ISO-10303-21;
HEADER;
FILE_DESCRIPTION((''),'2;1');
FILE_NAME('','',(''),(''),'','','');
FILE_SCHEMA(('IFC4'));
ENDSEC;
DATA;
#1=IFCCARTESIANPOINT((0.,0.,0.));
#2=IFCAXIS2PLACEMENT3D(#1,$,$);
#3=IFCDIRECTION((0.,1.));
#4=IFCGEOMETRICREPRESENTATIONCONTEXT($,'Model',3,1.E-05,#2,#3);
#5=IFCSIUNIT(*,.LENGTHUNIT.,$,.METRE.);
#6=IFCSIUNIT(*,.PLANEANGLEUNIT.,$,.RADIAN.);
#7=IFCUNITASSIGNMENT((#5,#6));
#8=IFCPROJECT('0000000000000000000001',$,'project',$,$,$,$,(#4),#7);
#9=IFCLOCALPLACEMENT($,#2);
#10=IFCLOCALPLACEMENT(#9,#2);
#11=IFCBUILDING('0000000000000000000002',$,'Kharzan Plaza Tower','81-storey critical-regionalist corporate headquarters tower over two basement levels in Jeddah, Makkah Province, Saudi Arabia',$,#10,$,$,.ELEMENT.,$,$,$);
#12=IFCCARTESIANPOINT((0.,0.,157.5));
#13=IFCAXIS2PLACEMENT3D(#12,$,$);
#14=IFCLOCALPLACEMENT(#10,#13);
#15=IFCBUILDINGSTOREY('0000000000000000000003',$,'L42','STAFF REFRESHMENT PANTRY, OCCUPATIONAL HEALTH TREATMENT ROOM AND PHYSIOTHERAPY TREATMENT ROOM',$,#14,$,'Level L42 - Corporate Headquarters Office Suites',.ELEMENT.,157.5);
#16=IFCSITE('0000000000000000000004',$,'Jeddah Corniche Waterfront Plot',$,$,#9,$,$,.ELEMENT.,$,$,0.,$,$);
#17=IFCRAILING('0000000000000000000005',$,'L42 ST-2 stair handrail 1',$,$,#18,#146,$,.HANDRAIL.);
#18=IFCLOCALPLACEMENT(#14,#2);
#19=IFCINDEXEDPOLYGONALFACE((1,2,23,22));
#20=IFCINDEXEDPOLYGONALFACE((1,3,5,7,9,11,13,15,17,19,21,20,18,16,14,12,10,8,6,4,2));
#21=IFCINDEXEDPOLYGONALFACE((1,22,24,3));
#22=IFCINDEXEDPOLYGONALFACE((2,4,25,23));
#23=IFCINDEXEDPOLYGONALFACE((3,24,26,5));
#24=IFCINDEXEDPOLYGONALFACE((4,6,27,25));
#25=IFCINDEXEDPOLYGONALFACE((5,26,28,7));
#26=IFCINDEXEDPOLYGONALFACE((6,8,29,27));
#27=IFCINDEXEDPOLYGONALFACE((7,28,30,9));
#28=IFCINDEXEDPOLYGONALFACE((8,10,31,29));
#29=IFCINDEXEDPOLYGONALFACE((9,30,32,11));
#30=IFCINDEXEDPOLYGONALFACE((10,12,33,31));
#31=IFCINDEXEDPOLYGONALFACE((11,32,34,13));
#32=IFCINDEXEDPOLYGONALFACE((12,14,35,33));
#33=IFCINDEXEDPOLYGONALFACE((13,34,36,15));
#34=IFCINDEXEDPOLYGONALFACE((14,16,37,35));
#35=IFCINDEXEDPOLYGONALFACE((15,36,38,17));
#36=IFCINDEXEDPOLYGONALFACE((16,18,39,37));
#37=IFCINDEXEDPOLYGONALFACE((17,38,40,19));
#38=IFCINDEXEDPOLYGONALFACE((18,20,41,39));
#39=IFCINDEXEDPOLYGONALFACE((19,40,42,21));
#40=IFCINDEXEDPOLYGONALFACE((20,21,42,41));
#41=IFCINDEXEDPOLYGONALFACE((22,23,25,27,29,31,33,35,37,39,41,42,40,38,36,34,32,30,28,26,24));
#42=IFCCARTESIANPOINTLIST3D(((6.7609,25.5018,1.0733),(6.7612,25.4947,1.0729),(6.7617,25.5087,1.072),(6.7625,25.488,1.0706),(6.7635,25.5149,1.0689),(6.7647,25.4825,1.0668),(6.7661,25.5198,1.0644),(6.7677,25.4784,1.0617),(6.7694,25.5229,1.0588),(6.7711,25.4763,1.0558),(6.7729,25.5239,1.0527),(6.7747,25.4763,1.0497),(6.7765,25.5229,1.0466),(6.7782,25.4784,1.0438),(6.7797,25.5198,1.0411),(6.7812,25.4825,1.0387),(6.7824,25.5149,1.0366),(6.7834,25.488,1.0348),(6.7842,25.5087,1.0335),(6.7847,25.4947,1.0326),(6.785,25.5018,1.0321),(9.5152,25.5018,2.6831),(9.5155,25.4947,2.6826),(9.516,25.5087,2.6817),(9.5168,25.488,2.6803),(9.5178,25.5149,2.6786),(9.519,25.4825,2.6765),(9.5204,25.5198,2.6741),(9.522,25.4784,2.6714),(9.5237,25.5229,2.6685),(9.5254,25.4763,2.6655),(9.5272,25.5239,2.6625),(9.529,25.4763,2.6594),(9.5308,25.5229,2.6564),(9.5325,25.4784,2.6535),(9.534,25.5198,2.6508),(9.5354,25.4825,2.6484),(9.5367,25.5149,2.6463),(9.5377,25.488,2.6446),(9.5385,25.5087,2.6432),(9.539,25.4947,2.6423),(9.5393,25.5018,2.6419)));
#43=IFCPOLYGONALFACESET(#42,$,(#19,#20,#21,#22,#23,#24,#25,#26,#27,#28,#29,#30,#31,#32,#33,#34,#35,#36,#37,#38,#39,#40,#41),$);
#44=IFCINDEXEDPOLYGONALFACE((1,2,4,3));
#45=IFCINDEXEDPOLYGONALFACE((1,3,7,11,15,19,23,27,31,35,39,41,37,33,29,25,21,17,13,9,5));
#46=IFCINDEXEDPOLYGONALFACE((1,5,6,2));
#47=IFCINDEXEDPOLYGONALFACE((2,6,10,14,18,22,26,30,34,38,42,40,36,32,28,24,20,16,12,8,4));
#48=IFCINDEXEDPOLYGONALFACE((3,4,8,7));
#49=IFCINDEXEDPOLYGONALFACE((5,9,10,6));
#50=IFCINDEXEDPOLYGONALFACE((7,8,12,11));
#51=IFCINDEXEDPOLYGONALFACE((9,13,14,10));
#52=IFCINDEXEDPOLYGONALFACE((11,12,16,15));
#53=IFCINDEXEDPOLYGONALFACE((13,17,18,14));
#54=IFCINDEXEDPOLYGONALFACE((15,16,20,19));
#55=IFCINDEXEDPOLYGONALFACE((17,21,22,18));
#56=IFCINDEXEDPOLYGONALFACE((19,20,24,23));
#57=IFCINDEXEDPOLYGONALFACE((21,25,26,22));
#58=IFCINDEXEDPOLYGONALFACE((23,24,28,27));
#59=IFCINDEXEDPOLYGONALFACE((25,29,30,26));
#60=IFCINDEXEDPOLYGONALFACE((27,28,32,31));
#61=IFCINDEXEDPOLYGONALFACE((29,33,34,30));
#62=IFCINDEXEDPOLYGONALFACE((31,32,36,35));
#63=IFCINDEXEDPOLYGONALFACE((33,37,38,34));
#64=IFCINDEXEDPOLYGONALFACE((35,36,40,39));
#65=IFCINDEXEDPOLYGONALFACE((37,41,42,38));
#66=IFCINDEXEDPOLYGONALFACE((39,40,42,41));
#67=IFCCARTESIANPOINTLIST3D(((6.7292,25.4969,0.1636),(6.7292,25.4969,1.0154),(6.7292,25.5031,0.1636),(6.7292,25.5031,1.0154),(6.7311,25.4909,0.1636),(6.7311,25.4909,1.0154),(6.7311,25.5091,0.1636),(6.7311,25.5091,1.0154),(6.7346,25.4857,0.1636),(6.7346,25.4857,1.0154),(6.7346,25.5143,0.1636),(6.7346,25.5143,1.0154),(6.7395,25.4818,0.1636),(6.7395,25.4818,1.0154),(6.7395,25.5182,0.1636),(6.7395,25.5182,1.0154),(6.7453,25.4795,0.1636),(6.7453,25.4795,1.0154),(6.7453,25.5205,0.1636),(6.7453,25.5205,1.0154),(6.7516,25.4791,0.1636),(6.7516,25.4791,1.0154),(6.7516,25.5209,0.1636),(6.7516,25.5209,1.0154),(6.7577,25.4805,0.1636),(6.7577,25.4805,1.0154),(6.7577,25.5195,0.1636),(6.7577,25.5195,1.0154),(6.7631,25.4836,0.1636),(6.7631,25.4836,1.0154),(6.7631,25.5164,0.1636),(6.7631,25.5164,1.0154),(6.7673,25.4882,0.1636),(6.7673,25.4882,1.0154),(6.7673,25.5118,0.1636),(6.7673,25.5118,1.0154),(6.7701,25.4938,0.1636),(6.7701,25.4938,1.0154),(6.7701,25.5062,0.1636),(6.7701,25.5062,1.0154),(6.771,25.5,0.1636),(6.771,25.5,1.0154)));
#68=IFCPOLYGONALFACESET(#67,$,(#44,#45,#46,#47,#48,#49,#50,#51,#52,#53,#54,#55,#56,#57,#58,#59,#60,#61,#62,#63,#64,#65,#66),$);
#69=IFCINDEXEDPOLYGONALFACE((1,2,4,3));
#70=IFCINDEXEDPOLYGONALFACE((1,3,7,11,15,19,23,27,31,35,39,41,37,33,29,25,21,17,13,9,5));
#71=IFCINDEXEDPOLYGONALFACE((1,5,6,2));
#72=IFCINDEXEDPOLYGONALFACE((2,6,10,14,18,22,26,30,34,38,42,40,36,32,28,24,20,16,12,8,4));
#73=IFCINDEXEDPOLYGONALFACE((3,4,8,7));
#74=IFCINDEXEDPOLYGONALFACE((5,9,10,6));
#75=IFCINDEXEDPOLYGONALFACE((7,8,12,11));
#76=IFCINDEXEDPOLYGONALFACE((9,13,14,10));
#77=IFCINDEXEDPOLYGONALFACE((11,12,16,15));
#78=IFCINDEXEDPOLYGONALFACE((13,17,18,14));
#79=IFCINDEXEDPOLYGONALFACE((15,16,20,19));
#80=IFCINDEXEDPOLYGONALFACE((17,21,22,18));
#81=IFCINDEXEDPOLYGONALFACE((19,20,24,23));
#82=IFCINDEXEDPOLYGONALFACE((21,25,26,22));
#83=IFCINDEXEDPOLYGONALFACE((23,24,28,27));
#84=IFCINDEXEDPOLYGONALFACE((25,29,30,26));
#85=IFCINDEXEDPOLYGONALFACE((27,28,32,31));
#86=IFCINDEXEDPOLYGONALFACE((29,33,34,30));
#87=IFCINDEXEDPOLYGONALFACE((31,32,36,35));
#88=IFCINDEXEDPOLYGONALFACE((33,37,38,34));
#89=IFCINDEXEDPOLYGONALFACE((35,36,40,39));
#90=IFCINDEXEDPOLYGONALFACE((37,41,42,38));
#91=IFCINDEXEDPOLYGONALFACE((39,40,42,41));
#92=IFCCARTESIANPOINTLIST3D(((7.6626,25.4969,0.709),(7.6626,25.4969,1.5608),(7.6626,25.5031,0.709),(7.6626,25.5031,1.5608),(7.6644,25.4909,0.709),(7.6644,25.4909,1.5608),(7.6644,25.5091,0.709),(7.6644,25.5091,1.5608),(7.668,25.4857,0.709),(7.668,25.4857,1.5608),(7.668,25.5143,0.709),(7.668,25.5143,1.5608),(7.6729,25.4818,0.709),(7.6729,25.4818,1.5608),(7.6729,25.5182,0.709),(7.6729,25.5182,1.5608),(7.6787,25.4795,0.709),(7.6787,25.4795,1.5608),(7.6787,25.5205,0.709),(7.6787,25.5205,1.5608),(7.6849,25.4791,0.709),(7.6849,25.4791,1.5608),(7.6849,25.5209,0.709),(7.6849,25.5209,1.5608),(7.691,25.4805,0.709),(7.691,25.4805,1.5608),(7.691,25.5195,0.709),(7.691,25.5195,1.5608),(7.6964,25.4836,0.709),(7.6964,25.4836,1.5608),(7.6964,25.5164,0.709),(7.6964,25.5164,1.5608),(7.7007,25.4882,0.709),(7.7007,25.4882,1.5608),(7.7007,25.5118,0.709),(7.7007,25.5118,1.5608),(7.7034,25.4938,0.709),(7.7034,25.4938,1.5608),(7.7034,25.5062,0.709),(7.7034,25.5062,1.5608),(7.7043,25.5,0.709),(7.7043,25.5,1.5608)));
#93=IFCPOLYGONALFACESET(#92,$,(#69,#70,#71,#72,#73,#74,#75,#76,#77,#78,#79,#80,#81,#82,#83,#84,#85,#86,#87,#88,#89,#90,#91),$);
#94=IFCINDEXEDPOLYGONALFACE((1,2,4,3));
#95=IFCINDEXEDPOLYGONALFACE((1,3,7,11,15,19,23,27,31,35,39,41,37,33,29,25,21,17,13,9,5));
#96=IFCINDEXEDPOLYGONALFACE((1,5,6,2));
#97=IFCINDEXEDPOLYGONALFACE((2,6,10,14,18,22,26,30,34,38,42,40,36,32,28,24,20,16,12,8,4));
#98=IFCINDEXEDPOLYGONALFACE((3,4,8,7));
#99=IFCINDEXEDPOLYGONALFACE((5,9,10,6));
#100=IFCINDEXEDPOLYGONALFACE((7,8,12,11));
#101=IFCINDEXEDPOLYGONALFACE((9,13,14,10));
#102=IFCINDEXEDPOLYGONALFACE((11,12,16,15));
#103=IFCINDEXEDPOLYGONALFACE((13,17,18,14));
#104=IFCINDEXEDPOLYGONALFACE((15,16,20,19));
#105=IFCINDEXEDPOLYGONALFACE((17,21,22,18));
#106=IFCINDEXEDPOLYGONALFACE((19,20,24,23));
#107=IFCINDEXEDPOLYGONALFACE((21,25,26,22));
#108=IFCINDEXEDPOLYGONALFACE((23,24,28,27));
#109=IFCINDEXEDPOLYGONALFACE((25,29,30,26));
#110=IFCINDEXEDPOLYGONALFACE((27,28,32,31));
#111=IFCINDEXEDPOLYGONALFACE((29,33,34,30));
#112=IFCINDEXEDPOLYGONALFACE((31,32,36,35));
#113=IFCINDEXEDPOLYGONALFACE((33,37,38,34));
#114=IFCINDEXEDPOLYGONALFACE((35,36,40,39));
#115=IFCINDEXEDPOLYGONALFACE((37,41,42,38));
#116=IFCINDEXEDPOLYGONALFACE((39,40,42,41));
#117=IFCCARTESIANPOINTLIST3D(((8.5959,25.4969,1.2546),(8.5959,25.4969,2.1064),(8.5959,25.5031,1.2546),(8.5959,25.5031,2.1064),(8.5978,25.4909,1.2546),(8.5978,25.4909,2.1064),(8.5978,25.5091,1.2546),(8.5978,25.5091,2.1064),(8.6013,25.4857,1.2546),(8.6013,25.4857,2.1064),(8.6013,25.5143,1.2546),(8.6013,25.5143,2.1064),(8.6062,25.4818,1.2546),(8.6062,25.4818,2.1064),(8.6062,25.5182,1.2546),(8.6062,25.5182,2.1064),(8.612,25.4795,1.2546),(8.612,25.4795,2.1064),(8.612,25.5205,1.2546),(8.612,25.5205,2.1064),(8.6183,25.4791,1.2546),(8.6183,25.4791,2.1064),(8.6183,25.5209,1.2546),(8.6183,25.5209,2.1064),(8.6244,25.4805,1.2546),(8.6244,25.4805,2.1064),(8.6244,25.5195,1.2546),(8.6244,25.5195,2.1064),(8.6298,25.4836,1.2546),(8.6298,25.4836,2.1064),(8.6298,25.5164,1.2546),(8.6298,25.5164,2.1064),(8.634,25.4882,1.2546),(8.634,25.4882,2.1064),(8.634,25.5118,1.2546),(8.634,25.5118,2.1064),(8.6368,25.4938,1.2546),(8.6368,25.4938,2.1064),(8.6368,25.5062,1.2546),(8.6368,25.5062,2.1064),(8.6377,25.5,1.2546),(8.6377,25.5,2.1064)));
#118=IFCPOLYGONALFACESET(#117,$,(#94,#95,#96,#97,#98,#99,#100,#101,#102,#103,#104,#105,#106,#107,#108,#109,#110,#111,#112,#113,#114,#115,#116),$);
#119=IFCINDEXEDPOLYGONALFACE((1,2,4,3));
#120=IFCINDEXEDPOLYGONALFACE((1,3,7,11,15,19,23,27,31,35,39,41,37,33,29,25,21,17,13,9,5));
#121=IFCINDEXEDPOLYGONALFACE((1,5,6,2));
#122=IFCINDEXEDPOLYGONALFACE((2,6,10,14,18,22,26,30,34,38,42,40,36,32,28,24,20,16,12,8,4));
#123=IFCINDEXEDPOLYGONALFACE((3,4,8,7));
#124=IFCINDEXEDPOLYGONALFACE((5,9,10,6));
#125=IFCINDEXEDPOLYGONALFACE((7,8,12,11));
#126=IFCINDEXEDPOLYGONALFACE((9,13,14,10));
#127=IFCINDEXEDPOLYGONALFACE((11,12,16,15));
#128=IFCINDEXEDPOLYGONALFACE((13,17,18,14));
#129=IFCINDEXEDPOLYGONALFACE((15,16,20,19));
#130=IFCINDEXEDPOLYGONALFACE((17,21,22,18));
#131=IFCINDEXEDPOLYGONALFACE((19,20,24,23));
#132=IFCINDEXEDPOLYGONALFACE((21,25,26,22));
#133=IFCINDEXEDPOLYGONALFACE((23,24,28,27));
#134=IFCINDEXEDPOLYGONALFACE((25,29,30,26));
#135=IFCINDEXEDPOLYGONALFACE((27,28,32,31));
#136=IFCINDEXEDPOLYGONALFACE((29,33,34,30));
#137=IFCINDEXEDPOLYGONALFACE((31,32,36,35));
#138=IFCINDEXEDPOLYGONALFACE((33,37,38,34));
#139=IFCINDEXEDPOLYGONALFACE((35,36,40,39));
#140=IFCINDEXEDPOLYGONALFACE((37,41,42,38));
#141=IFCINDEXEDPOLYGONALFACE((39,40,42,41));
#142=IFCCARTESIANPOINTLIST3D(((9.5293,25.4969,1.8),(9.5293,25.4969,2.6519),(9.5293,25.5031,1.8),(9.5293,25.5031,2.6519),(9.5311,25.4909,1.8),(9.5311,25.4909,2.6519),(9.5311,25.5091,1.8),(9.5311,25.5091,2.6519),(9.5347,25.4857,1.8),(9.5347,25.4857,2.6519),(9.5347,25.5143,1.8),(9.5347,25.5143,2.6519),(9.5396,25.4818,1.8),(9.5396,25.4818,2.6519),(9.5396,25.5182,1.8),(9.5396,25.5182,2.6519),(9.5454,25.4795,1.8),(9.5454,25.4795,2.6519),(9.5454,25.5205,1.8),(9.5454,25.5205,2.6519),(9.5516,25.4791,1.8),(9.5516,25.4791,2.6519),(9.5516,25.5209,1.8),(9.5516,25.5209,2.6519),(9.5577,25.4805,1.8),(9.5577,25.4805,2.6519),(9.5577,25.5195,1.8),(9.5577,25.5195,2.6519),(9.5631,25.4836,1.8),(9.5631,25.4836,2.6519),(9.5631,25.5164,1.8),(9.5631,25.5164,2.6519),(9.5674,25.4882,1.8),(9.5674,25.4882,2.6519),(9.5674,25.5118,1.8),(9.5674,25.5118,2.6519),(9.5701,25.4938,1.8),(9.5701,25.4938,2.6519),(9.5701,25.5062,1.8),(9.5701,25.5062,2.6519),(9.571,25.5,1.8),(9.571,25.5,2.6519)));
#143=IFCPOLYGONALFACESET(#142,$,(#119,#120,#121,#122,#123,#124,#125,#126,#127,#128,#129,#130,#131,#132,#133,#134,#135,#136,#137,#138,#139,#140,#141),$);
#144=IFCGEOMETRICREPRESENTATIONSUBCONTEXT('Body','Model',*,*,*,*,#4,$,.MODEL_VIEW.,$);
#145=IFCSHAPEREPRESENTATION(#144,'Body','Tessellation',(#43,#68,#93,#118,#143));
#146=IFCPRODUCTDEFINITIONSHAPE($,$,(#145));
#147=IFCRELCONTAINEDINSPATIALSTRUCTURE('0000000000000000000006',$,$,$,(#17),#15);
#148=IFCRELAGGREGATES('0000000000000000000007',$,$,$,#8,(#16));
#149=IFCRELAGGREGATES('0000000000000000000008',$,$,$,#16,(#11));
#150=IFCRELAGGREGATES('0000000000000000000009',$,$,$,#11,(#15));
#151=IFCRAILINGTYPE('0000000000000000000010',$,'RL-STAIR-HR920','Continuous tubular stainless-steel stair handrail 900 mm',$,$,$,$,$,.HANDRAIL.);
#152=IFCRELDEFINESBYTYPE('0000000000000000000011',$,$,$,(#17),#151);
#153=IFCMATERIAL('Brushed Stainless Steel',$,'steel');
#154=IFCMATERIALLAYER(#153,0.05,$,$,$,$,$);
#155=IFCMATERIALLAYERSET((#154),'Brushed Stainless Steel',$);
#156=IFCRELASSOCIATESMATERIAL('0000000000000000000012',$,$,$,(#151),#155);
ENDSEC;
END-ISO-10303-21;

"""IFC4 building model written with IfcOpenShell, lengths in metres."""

from ifc_helpers import new_model, si_unit, direction, frame, origin, origin_2d, place, context, subcontext, project, spatial, circle, extrude, source, transform, mapped, material, layer, layer_set, type_object, element, save


model = new_model("IFC4")

# Units and contexts
model_context = context("Model", 3, precision=1e-05, world=origin(), true_north=direction((0.0, 1.0)))
body_context = subcontext(model_context, "Body", "Model", "MODEL_VIEW")
ifc_project = project(units=[si_unit("LENGTHUNIT", "METRE"), si_unit("PLANEANGLEUNIT", "RADIAN")], contexts=[model_context])

# Site, building, storey
site_placement = place(None, origin())
site = spatial("IfcSite", under=ifc_project, at=site_placement, Name="Jeddah Corniche Waterfront Plot", CompositionType="ELEMENT", RefElevation=0.0)
building_placement = place(site_placement, origin())
building = spatial("IfcBuilding", under=site, at=building_placement, Name="Kharzan Plaza Tower", Description="81-storey critical-regionalist corporate headquarters tower over two basement levels in Jeddah, Makkah Province, Saudi Arabia", CompositionType="ELEMENT")
storey_placement = place(building_placement, frame((0.0, 0.0, 157.5)))
storey = spatial("IfcBuildingStorey", under=building, at=storey_placement, Name="L42", Description="STAFF REFRESHMENT PANTRY, OCCUPATIONAL HEALTH TREATMENT ROOM AND PHYSIOTHERAPY TREATMENT ROOM", LongName="Level L42 - Corporate Headquarters Office Suites", CompositionType="ELEMENT", Elevation=157.5)

# Railing
ifc_material_1 = material(Name="Brushed Stainless Steel", Category="steel")
ifc_layer_1 = layer(ifc_material_1, 0.05)
ifc_layer_set_1 = layer_set([ifc_layer_1], Name="Brushed Stainless Steel")
railing_type_1 = type_object("IfcRailingType", Name="RL-STAIR-HR920", Description="Continuous tubular stainless-steel stair handrail 900 mm", PredefinedType="HANDRAIL", material=ifc_layer_set_1)
shared_shape_1 = source(origin(), body_context, "Body", "SweptSolid", [
    extrude(circle(Radius=0.0239, at=origin_2d()), frame((0.0229, 0.0, 0.8892), z_axis=(0.863361, 0.0, 0.504587), x_axis=(0.0, 1.0, 0.0)), (0.0, 0.0, 1.0), 3.1902),
    extrude(circle(Radius=0.021, at=origin_2d()), origin(), (0.0, 0.0, 1.0), 0.8518),
    extrude(circle(Radius=0.021, at=origin_2d()), frame((0.9333, 0.0, 0.5454)), (0.0, 0.0, 1.0), 0.8518),
    extrude(circle(Radius=0.021, at=origin_2d()), frame((1.8667, 0.0, 1.0911)), (0.0, 0.0, 1.0), 0.8518),
    extrude(circle(Radius=0.021, at=origin_2d()), frame((2.8, 0.0, 1.6365)), (0.0, 0.0, 1.0), 0.8518),
])
railing_1_placement = place(storey_placement, frame((6.75, 25.5, 0.1636)))
element("IfcRailing", 1, at=railing_1_placement, inside=storey, type_object=railing_type_1, Name="L42 ST-2 stair handrail 1", PredefinedType="HANDRAIL", context=body_context, shape_type="MappedRepresentation", body=[
    mapped(shared_shape_1, transform((0.0, 0.0, 0.0), x_axis=(1.0, 0.0, 0.0), y_axis=(0.0, 1.0, 0.0), z_axis=(0.0, 0.0, 1.0))),
])

save(model, "model.ifc")
